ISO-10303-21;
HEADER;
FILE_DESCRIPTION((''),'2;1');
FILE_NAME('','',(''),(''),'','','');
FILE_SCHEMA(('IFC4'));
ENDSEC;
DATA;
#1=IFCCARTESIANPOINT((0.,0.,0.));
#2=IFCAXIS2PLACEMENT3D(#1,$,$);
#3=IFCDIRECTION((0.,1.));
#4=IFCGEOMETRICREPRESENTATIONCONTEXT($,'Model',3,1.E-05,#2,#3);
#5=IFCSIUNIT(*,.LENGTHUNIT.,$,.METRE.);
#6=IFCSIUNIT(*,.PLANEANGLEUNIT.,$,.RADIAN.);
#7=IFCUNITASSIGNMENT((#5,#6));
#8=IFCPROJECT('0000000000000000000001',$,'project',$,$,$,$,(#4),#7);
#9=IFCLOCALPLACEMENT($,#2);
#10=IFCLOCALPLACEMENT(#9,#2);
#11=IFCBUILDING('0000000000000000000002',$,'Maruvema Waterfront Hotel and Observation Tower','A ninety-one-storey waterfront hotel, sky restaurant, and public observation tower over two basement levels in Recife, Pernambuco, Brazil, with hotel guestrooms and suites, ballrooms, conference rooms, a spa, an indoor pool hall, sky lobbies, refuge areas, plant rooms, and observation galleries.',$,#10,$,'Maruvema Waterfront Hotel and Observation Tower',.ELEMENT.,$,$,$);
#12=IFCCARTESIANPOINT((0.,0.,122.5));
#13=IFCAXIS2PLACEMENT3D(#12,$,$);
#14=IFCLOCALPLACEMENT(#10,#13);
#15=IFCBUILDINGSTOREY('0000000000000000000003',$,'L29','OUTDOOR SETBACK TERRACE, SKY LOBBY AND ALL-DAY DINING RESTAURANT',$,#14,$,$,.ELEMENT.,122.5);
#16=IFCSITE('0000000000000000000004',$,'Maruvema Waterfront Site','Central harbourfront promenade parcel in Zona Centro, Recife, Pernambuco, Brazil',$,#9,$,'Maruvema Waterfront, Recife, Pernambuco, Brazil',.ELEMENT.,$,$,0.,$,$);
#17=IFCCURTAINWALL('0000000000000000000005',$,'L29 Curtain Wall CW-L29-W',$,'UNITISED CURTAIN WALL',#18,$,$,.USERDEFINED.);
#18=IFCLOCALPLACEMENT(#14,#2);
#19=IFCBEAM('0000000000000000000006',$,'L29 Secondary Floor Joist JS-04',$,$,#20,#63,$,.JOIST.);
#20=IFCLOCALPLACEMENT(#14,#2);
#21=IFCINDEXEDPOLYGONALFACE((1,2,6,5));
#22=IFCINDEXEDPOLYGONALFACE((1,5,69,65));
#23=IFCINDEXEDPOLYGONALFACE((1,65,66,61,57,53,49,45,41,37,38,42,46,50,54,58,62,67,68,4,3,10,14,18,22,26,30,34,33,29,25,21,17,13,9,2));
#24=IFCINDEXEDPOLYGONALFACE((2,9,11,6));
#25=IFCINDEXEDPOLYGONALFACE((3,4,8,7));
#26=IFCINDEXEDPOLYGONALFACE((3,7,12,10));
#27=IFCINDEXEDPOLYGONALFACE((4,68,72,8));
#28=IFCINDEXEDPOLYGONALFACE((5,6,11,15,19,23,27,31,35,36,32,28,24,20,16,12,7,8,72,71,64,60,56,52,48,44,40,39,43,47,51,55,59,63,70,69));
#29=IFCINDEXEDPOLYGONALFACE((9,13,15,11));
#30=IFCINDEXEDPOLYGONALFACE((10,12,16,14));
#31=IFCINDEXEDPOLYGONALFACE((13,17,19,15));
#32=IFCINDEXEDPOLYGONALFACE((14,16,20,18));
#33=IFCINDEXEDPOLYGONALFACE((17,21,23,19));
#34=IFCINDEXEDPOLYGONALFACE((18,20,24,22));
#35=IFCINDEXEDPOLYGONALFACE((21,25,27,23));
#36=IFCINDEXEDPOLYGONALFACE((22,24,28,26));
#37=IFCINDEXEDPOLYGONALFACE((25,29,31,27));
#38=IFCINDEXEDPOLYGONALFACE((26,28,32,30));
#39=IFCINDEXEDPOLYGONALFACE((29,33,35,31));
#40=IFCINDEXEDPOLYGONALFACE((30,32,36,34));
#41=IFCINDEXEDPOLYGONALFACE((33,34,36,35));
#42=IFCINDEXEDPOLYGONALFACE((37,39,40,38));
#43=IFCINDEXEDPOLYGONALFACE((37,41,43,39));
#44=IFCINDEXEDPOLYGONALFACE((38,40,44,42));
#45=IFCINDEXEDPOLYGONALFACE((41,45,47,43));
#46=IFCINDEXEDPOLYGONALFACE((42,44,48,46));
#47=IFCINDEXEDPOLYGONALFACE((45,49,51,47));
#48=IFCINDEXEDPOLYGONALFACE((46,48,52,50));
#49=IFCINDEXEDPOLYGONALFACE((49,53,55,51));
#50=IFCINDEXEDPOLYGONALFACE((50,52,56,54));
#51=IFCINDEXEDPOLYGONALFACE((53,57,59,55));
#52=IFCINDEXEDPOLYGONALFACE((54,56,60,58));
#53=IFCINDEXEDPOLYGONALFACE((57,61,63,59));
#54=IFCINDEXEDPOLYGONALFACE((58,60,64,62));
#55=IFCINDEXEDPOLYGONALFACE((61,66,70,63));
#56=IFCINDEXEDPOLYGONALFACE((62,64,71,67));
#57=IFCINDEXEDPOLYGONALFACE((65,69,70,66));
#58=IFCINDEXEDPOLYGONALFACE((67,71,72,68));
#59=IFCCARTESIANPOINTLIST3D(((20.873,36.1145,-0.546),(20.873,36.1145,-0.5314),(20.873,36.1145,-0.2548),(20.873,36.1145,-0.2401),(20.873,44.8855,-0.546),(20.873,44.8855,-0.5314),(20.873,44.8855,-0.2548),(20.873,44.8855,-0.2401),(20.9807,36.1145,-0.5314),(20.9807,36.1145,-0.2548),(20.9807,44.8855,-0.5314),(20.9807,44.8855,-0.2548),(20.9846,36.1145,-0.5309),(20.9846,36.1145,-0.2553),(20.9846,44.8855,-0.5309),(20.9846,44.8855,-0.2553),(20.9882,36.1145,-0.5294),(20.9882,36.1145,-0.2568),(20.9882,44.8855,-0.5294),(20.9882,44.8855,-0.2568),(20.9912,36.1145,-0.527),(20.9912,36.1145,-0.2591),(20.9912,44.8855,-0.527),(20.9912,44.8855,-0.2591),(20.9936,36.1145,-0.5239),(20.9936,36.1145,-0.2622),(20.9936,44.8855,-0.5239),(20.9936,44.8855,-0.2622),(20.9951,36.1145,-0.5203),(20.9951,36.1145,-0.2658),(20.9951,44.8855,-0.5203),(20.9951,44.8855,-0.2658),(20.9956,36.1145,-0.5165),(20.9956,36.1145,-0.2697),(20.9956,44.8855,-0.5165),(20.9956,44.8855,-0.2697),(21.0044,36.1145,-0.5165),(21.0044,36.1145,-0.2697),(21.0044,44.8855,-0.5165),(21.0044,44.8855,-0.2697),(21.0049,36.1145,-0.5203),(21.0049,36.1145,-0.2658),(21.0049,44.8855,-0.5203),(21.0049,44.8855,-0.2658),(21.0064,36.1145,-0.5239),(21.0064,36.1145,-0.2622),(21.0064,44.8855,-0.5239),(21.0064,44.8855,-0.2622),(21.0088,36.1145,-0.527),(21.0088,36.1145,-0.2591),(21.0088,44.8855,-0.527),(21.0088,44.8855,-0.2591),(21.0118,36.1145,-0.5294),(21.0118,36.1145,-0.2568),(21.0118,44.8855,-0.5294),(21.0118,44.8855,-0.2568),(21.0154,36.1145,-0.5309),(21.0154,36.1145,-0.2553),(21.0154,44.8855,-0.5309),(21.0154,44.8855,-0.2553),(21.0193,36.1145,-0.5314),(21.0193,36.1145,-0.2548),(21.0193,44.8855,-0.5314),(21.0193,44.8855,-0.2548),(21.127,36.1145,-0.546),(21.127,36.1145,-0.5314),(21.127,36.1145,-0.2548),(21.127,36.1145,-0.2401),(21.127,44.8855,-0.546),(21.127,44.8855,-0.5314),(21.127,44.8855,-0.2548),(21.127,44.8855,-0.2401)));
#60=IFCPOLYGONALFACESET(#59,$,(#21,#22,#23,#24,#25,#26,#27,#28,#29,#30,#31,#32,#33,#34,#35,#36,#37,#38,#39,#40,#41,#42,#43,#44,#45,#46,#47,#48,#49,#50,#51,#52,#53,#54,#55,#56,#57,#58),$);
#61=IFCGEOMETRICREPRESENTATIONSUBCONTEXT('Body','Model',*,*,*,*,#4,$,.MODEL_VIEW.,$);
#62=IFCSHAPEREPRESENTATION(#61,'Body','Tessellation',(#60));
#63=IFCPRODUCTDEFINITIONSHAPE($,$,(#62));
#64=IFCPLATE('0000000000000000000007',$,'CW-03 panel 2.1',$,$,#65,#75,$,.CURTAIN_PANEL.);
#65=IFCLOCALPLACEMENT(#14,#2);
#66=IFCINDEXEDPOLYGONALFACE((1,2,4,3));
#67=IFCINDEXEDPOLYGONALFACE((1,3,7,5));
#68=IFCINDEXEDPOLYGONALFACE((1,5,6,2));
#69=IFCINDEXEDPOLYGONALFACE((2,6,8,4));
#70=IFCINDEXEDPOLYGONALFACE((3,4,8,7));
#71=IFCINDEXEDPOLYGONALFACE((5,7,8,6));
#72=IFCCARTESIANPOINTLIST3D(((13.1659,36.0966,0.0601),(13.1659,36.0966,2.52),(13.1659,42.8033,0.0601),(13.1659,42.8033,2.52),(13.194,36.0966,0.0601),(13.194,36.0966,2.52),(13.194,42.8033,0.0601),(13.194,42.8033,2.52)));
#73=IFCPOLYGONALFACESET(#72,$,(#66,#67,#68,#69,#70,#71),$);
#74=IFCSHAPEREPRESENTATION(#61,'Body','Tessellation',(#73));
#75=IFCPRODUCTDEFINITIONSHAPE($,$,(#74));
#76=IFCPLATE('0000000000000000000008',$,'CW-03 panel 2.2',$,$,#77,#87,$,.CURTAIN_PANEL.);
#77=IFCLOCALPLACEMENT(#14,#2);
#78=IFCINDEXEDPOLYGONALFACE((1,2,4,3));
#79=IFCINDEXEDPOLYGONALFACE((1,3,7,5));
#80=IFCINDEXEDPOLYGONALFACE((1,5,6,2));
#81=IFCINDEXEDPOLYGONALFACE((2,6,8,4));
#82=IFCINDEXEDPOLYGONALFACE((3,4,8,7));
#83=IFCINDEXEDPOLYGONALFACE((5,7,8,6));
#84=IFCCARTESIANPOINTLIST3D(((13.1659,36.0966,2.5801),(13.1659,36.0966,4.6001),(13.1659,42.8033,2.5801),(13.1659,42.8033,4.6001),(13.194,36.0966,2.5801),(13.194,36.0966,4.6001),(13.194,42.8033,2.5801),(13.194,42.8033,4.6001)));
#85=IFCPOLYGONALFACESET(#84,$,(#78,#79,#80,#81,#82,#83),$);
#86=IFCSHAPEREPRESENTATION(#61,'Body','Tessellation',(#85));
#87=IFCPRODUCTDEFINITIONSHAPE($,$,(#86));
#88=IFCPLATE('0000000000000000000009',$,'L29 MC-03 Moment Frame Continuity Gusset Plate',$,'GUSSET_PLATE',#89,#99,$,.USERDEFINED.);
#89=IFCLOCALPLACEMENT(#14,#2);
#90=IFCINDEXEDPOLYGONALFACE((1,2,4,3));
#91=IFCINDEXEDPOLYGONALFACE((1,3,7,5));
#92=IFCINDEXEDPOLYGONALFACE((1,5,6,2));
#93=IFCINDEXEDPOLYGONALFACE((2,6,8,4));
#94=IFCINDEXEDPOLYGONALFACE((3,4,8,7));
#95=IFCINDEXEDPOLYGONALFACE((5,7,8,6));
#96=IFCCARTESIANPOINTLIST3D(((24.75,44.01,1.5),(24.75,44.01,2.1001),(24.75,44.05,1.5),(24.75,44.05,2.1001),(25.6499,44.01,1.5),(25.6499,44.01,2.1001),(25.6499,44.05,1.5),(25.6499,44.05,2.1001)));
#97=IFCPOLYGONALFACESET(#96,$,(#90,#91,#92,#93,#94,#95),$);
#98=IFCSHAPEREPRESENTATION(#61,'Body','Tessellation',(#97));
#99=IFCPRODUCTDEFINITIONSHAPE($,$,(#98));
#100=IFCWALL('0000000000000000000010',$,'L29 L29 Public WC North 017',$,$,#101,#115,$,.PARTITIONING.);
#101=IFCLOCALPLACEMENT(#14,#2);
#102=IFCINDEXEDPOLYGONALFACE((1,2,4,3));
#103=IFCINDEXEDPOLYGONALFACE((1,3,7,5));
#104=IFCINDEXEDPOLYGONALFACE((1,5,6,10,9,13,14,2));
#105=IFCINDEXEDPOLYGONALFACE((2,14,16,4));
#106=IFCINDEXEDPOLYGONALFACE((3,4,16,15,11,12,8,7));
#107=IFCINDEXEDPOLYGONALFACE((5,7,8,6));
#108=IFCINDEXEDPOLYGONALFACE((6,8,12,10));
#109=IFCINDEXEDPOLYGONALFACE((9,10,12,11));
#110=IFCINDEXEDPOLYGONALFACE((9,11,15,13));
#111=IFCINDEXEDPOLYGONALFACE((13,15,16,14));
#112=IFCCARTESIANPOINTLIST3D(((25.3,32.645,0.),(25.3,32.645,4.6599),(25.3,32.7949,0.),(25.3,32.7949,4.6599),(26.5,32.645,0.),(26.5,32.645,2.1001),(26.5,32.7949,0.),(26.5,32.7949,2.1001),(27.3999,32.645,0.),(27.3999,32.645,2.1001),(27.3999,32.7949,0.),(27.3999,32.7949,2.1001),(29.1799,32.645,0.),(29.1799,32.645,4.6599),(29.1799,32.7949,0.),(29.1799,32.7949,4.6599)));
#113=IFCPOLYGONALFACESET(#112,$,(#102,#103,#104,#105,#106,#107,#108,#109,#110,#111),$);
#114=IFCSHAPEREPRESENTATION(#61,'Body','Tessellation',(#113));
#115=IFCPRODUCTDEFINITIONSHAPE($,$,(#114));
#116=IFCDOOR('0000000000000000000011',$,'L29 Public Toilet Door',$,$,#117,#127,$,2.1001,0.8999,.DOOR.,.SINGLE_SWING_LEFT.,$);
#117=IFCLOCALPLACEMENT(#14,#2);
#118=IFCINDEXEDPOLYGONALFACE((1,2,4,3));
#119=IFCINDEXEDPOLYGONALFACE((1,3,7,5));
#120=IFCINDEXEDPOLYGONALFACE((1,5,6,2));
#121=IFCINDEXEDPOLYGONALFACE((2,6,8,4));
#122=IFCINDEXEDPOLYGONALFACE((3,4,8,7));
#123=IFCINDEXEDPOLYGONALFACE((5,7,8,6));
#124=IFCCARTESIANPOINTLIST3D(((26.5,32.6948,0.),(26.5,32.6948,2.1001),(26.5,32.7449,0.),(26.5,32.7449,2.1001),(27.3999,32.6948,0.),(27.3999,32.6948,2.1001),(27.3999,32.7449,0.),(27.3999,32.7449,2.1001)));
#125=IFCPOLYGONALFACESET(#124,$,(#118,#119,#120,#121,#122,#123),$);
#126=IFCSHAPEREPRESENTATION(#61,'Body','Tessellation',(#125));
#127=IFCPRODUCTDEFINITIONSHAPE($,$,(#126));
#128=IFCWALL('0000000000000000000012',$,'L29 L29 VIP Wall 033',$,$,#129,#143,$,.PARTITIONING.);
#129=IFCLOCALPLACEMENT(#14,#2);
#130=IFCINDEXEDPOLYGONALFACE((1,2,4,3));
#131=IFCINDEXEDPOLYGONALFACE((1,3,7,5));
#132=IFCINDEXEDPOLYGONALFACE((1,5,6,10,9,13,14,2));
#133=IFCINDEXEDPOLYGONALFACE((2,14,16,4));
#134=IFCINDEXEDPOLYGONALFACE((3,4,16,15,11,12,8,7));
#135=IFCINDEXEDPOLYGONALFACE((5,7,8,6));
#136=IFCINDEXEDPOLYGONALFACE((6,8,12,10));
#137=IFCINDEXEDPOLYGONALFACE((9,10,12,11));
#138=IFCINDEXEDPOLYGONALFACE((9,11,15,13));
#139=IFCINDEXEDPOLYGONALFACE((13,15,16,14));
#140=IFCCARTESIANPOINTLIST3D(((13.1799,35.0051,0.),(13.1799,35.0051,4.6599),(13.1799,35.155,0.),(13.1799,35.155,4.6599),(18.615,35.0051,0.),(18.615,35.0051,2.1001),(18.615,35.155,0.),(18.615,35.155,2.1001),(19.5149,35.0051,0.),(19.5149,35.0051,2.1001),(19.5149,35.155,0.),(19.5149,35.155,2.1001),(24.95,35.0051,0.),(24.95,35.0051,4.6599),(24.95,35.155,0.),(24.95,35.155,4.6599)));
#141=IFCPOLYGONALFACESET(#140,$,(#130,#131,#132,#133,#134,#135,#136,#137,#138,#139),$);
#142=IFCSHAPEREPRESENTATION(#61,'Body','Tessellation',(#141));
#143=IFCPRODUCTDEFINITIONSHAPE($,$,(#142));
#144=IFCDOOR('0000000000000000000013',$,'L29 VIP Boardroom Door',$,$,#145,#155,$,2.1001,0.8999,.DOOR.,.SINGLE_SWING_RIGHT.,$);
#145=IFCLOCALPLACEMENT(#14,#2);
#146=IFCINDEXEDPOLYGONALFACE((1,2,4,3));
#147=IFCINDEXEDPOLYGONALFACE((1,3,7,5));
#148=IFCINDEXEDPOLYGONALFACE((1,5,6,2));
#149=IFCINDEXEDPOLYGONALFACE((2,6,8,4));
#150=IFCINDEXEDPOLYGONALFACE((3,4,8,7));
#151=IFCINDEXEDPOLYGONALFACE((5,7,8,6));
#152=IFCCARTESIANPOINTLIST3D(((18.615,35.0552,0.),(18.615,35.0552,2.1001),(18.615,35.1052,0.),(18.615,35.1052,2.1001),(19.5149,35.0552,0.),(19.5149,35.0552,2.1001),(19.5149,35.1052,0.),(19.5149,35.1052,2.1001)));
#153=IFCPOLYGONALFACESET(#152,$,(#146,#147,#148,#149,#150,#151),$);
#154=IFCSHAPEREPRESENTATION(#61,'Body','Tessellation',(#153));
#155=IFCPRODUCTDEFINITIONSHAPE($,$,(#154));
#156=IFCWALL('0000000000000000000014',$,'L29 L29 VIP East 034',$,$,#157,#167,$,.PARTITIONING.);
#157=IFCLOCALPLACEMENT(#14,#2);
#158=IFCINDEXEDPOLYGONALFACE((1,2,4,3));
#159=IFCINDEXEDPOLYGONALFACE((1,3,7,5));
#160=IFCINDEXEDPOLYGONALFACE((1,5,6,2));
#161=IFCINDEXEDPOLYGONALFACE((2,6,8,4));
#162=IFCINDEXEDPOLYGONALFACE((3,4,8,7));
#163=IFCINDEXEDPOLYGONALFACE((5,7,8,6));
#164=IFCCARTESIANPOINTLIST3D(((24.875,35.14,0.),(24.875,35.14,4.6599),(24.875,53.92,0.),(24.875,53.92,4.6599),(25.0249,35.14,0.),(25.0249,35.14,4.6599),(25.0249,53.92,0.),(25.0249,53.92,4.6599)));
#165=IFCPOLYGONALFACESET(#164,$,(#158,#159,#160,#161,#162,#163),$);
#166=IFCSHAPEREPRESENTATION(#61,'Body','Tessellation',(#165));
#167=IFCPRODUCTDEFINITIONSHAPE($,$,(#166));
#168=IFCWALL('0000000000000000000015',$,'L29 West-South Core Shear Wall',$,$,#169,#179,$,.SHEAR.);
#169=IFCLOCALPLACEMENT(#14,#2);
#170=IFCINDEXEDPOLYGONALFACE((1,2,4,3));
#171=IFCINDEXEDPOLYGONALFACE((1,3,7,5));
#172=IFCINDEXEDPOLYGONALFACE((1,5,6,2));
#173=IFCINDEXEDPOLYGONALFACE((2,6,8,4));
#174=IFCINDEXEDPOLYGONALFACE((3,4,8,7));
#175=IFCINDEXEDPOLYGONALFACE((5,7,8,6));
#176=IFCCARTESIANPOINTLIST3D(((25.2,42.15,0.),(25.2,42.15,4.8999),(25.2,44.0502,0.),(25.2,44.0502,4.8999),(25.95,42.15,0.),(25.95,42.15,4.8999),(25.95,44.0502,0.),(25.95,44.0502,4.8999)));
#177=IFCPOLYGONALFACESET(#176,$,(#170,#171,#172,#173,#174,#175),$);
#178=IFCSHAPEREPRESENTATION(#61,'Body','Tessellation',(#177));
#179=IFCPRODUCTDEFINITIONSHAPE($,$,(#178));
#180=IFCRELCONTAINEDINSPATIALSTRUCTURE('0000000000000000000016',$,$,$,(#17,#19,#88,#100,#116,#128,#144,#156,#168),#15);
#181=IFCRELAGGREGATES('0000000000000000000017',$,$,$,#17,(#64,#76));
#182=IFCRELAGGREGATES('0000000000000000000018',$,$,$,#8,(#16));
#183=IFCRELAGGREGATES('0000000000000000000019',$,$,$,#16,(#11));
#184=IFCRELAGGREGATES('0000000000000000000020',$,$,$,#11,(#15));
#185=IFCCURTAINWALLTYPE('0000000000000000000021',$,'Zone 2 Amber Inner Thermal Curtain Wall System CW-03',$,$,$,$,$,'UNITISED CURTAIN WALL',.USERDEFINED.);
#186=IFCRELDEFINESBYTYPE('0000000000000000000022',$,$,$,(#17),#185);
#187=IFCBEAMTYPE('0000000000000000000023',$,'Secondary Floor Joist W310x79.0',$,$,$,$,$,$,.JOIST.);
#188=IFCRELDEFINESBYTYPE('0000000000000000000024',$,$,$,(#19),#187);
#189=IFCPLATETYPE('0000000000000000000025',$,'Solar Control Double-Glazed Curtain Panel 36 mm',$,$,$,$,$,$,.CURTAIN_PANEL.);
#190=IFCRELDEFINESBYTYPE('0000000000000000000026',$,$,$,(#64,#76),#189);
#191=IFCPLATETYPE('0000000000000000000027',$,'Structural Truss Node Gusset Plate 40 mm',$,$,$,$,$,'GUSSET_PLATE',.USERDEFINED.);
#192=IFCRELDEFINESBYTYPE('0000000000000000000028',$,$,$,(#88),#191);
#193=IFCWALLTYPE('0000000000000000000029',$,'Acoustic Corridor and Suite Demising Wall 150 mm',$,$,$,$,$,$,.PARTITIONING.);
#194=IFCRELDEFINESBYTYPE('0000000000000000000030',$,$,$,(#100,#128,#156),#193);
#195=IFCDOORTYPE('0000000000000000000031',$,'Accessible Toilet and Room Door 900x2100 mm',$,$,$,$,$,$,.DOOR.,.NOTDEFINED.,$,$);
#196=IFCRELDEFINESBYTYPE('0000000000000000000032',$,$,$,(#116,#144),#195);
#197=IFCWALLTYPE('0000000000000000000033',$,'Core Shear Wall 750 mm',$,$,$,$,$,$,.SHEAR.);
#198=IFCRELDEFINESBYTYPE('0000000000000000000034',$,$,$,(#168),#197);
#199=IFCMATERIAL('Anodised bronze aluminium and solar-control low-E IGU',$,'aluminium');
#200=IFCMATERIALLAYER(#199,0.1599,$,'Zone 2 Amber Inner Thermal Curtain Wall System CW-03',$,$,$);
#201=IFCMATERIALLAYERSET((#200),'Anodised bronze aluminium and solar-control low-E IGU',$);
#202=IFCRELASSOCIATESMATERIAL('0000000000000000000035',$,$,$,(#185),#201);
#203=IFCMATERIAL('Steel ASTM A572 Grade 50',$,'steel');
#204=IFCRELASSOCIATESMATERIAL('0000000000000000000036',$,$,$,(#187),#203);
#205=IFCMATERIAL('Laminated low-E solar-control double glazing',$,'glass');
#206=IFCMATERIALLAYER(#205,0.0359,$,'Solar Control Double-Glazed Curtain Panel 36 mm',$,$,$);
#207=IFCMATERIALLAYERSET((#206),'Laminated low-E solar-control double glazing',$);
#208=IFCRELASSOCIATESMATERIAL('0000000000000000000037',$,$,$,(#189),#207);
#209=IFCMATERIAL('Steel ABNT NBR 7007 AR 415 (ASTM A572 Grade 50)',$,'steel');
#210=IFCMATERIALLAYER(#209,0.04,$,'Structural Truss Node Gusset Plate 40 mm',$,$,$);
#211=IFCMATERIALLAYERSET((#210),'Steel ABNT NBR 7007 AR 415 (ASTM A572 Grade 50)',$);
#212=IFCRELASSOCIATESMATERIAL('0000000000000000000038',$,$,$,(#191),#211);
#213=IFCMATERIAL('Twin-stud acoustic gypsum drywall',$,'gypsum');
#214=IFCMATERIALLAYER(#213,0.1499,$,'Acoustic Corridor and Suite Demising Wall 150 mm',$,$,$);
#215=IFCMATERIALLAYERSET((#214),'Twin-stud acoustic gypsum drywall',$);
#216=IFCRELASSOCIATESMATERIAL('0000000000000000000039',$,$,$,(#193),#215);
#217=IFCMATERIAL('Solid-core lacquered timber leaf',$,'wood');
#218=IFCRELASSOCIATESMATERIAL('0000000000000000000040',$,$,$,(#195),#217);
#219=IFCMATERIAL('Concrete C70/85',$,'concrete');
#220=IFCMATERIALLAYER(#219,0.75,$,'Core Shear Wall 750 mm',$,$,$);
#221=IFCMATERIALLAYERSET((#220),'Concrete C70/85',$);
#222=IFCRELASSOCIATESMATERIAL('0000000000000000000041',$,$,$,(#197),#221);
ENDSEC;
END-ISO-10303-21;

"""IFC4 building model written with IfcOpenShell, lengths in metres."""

from ifc_helpers import new_model, si_unit, direction, frame, frame_2d, origin, origin_2d, place, context, subcontext, project, spatial, rectangle, i_section, extrude, material, layer, layer_set, material_profile, profile_set, type_object, element, fill, aggregate, save


model = new_model("IFC4")

# Units and contexts
model_context = context("Model", 3, precision=1e-05, world=origin(), true_north=direction((0.0, 1.0)))
body_context = subcontext(model_context, "Body", "Model", "MODEL_VIEW")
ifc_project = project(units=[si_unit("LENGTHUNIT", "METRE"), si_unit("PLANEANGLEUNIT", "RADIAN")], contexts=[model_context])

# Site, building, storey
site_placement = place(None, origin())
site = spatial("IfcSite", under=ifc_project, at=site_placement, Name="Maruvema Waterfront Site", Description="Central harbourfront promenade parcel in Zona Centro, Recife, Pernambuco, Brazil", LongName="Maruvema Waterfront, Recife, Pernambuco, Brazil", CompositionType="ELEMENT", RefElevation=0.0)
building_placement = place(site_placement, origin())
building = spatial("IfcBuilding", under=site, at=building_placement, Name="Maruvema Waterfront Hotel and Observation Tower", Description="A ninety-one-storey waterfront hotel, sky restaurant, and public observation tower over two basement levels in Recife, Pernambuco, Brazil, with hotel guestrooms and suites, ballrooms, conference rooms, a spa, an indoor pool hall, sky lobbies, refuge areas, plant rooms, and observation galleries.", LongName="Maruvema Waterfront Hotel and Observation Tower", CompositionType="ELEMENT")
storey_placement = place(building_placement, frame((0.0, 0.0, 122.5)))
storey = spatial("IfcBuildingStorey", under=building, at=storey_placement, Name="L29", Description="OUTDOOR SETBACK TERRACE, SKY LOBBY AND ALL-DAY DINING RESTAURANT", CompositionType="ELEMENT", Elevation=122.5)

# Curtain wall
ifc_material_1 = material(Name="Anodised bronze aluminium and solar-control low-E IGU", Category="aluminium")
ifc_layer_1 = layer(ifc_material_1, 0.1599, Name="Zone 2 Amber Inner Thermal Curtain Wall System CW-03")
ifc_layer_set_1 = layer_set([ifc_layer_1], Name="Anodised bronze aluminium and solar-control low-E IGU")
curtain_wall_type = type_object("IfcCurtainWallType", Name="Zone 2 Amber Inner Thermal Curtain Wall System CW-03", ElementType="UNITISED CURTAIN WALL", PredefinedType="USERDEFINED", material=ifc_layer_set_1)
curtain_wall_placement = place(storey_placement, origin())
curtain_wall = element("IfcCurtainWall", 1, at=curtain_wall_placement, inside=storey, type_object=curtain_wall_type, Name="L29 Curtain Wall CW-L29-W", ObjectType="UNITISED CURTAIN WALL", PredefinedType="USERDEFINED")

# Beam
ifc_material_2 = material(Name="Steel ASTM A572 Grade 50", Category="steel")
ifc_material_profile_1 = material_profile(ifc_material_2, i_section(OverallWidth=0.2539, OverallDepth=0.3059, WebThickness=0.0088, FlangeThickness=0.0146, FilletRadius=0.0149, at=origin_2d()), Name="W310x79.0")
ifc_profile_set_1 = profile_set([ifc_material_profile_1], Name="Steel ASTM A572 Grade 50")
beam_type_1 = type_object("IfcBeamType", Name="Secondary Floor Joist W310x79.0", PredefinedType="JOIST", material=ifc_profile_set_1)
beam_1_placement = place(storey_placement, frame((21.0, 36.1145, -0.3931), z_axis=(0.0, 1.0, 0.0), x_axis=(-1.0, 0.0, 0.0)))
element("IfcBeam", 2, at=beam_1_placement, inside=storey, type_object=beam_type_1, Name="L29 Secondary Floor Joist JS-04", PredefinedType="JOIST", context=body_context, shape_type="SweptSolid", body=[
    extrude(i_section(OverallWidth=0.2539, OverallDepth=0.3059, WebThickness=0.0088, FlangeThickness=0.0146, FilletRadius=0.0149, at=origin_2d()), origin(), (0.0, 0.0, 1.0), 8.771),
])

# Plates
ifc_material_3 = material(Name="Laminated low-E solar-control double glazing", Category="glass")
ifc_layer_2 = layer(ifc_material_3, 0.0359, Name="Solar Control Double-Glazed Curtain Panel 36 mm")
ifc_layer_set_2 = layer_set([ifc_layer_2], Name="Laminated low-E solar-control double glazing")
plate_type_1 = type_object("IfcPlateType", Name="Solar Control Double-Glazed Curtain Panel 36 mm", PredefinedType="CURTAIN_PANEL", material=ifc_layer_set_2)
plate_1_placement = place(storey_placement, frame((13.1799, 39.45, 0.0601), z_axis=(0.0, 0.0, 1.0), x_axis=(0.0, -1.0, 0.0)))
plate_1 = element("IfcPlate", 3, at=plate_1_placement, type_object=plate_type_1, Name="CW-03 panel 2.1", PredefinedType="CURTAIN_PANEL", context=body_context, shape_type="SweptSolid", body=[
    extrude(rectangle(XDim=6.7068, YDim=0.0281, at=origin_2d()), origin(), (0.0, 0.0, 1.0), 2.46),
])
plate_2_placement = place(storey_placement, frame((13.1799, 39.45, 2.5801), z_axis=(0.0, 0.0, 1.0), x_axis=(0.0, -1.0, 0.0)))
plate_2 = element("IfcPlate", 4, at=plate_2_placement, type_object=plate_type_1, Name="CW-03 panel 2.2", PredefinedType="CURTAIN_PANEL", context=body_context, shape_type="SweptSolid", body=[
    extrude(rectangle(XDim=6.7068, YDim=0.0281, at=origin_2d()), origin(), (0.0, 0.0, 1.0), 2.02),
])
aggregate(curtain_wall, [plate_1, plate_2])
ifc_material_4 = material(Name="Steel ABNT NBR 7007 AR 415 (ASTM A572 Grade 50)", Category="steel")
ifc_layer_3 = layer(ifc_material_4, 0.04, Name="Structural Truss Node Gusset Plate 40 mm")
ifc_layer_set_3 = layer_set([ifc_layer_3], Name="Steel ABNT NBR 7007 AR 415 (ASTM A572 Grade 50)")
plate_type_2 = type_object("IfcPlateType", Name="Structural Truss Node Gusset Plate 40 mm", ElementType="GUSSET_PLATE", PredefinedType="USERDEFINED", material=ifc_layer_set_3)
plate_3_placement = place(storey_placement, frame((25.2, 44.03, 1.5), z_axis=(0.0, 0.0, 1.0), x_axis=(1.0, 0.0, 0.0)))
element("IfcPlate", 5, at=plate_3_placement, inside=storey, type_object=plate_type_2, Name="L29 MC-03 Moment Frame Continuity Gusset Plate", ObjectType="GUSSET_PLATE", PredefinedType="USERDEFINED", context=body_context, shape_type="SweptSolid", body=[
    extrude(rectangle(XDim=0.8999, YDim=0.04, at=origin_2d()), origin(), (0.0, 0.0, 1.0), 0.6001),
])

# Walls, openings, doors
ifc_material_5 = material(Name="Twin-stud acoustic gypsum drywall", Category="gypsum")
ifc_layer_4 = layer(ifc_material_5, 0.1499, Name="Acoustic Corridor and Suite Demising Wall 150 mm")
ifc_layer_set_4 = layer_set([ifc_layer_4], Name="Twin-stud acoustic gypsum drywall")
wall_type_1 = type_object("IfcWallType", Name="Acoustic Corridor and Suite Demising Wall 150 mm", PredefinedType="PARTITIONING", material=ifc_layer_set_4)
wall_1_placement = place(storey_placement, frame((25.3, 32.72, 0.0), z_axis=(0.0, 0.0, 1.0), x_axis=(1.0, 0.0, 0.0)))
wall_1 = element("IfcWall", 6, at=wall_1_placement, inside=storey, type_object=wall_type_1, Name="L29 L29 Public WC North 017", PredefinedType="PARTITIONING", context=body_context, shape_type="SweptSolid", body=[
    extrude(rectangle(XDim=3.8799, YDim=0.1499, at=frame_2d((1.9399, 0.0))), origin(), (0.0, 0.0, 1.0), 4.6599),
])
opening_1_placement = place(wall_1_placement, frame((1.2, 0.0, 0.0)))
opening_1 = element("IfcOpeningElement", 7, at=opening_1_placement, cuts=wall_1, PredefinedType="OPENING", context=body_context, shape_type="SweptSolid", body=[
    extrude(rectangle(XDim=0.8999, YDim=2.1001, at=frame_2d((0.45, 1.05))), frame((0.0, 0.085, 0.0), z_axis=(0.0, -1.0, 0.0), x_axis=(1.0, 0.0, 0.0)), (0.0, 0.0, 1.0), 0.1699),
])
ifc_material_6 = material(Name="Solid-core lacquered timber leaf", Category="wood")
door_type_1 = type_object("IfcDoorType", Name="Accessible Toilet and Room Door 900x2100 mm", OperationType="NOTDEFINED", PredefinedType="DOOR", material=ifc_material_6)
door_1_placement = place(opening_1_placement, origin())
door_1 = element("IfcDoor", 8, at=door_1_placement, inside=storey, type_object=door_type_1, Name="L29 Public Toilet Door", OperationType="SINGLE_SWING_LEFT", OverallHeight=2.1001, OverallWidth=0.8999, PredefinedType="DOOR", context=body_context, shape_type="SweptSolid", body=[
    extrude(rectangle(XDim=0.8999, YDim=2.1001, at=frame_2d((0.45, 1.05))), frame((0.0, 0.0249, 0.0), z_axis=(0.0, -1.0, 0.0), x_axis=(1.0, 0.0, 0.0)), (0.0, 0.0, 1.0), 0.05),
])
fill(opening_1, door_1)
wall_2_placement = place(storey_placement, frame((13.1799, 35.0801, 0.0), z_axis=(0.0, 0.0, 1.0), x_axis=(1.0, 0.0, 0.0)))
wall_2 = element("IfcWall", 9, at=wall_2_placement, inside=storey, type_object=wall_type_1, Name="L29 L29 VIP Wall 033", PredefinedType="PARTITIONING", context=body_context, shape_type="SweptSolid", body=[
    extrude(rectangle(XDim=11.77, YDim=0.1499, at=frame_2d((5.885, 0.0))), origin(), (0.0, 0.0, 1.0), 4.6599),
])
opening_2_placement = place(wall_2_placement, frame((5.4351, 0.0, 0.0)))
opening_2 = element("IfcOpeningElement", 10, at=opening_2_placement, cuts=wall_2, PredefinedType="OPENING", context=body_context, shape_type="SweptSolid", body=[
    extrude(rectangle(XDim=0.8999, YDim=2.1001, at=frame_2d((0.45, 1.05))), frame((0.0, 0.085, 0.0), z_axis=(0.0, -1.0, 0.0), x_axis=(1.0, 0.0, 0.0)), (0.0, 0.0, 1.0), 0.1699),
])
door_2_placement = place(opening_2_placement, frame((0.8999, 0.0, 0.0), z_axis=(0.0, 0.0, 1.0), x_axis=(-1.0, 0.0, 0.0)))
door_2 = element("IfcDoor", 11, at=door_2_placement, inside=storey, type_object=door_type_1, Name="L29 VIP Boardroom Door", OperationType="SINGLE_SWING_RIGHT", OverallHeight=2.1001, OverallWidth=0.8999, PredefinedType="DOOR", context=body_context, shape_type="SweptSolid", body=[
    extrude(rectangle(XDim=0.8999, YDim=2.1001, at=frame_2d((0.45, 1.05))), frame((0.0, 0.0249, 0.0), z_axis=(0.0, -1.0, 0.0), x_axis=(1.0, 0.0, 0.0)), (0.0, 0.0, 1.0), 0.05),
])
fill(opening_2, door_2)

# Wall
wall_3_placement = place(storey_placement, frame((24.95, 35.1399, 0.0), z_axis=(0.0, 0.0, 1.0), x_axis=(0.0, 1.0, 0.0)))
element("IfcWall", 12, at=wall_3_placement, inside=storey, type_object=wall_type_1, Name="L29 L29 VIP East 034", PredefinedType="PARTITIONING", context=body_context, shape_type="SweptSolid", body=[
    extrude(rectangle(XDim=18.78, YDim=0.1499, at=frame_2d((9.3901, 0.0))), origin(), (0.0, 0.0, 1.0), 4.6599),
])

# Shared definitions
ifc_material_7 = material(Name="Concrete C70/85", Category="concrete")
ifc_layer_5 = layer(ifc_material_7, 0.75, Name="Core Shear Wall 750 mm")
ifc_layer_set_5 = layer_set([ifc_layer_5], Name="Concrete C70/85")
wall_type_2 = type_object("IfcWallType", Name="Core Shear Wall 750 mm", PredefinedType="SHEAR", material=ifc_layer_set_5)

# Wall
wall_4_placement = place(storey_placement, frame((25.575, 42.1499, 0.0), z_axis=(0.0, 0.0, 1.0), x_axis=(0.0, 1.0, 0.0)))
element("IfcWall", 13, at=wall_4_placement, inside=storey, type_object=wall_type_2, Name="L29 West-South Core Shear Wall", PredefinedType="SHEAR", context=body_context, shape_type="SweptSolid", body=[
    extrude(rectangle(XDim=1.9001, YDim=0.75, at=frame_2d((0.9502, 0.0))), origin(), (0.0, 0.0, 1.0), 4.8999),
])

save(model, "model.ifc")
